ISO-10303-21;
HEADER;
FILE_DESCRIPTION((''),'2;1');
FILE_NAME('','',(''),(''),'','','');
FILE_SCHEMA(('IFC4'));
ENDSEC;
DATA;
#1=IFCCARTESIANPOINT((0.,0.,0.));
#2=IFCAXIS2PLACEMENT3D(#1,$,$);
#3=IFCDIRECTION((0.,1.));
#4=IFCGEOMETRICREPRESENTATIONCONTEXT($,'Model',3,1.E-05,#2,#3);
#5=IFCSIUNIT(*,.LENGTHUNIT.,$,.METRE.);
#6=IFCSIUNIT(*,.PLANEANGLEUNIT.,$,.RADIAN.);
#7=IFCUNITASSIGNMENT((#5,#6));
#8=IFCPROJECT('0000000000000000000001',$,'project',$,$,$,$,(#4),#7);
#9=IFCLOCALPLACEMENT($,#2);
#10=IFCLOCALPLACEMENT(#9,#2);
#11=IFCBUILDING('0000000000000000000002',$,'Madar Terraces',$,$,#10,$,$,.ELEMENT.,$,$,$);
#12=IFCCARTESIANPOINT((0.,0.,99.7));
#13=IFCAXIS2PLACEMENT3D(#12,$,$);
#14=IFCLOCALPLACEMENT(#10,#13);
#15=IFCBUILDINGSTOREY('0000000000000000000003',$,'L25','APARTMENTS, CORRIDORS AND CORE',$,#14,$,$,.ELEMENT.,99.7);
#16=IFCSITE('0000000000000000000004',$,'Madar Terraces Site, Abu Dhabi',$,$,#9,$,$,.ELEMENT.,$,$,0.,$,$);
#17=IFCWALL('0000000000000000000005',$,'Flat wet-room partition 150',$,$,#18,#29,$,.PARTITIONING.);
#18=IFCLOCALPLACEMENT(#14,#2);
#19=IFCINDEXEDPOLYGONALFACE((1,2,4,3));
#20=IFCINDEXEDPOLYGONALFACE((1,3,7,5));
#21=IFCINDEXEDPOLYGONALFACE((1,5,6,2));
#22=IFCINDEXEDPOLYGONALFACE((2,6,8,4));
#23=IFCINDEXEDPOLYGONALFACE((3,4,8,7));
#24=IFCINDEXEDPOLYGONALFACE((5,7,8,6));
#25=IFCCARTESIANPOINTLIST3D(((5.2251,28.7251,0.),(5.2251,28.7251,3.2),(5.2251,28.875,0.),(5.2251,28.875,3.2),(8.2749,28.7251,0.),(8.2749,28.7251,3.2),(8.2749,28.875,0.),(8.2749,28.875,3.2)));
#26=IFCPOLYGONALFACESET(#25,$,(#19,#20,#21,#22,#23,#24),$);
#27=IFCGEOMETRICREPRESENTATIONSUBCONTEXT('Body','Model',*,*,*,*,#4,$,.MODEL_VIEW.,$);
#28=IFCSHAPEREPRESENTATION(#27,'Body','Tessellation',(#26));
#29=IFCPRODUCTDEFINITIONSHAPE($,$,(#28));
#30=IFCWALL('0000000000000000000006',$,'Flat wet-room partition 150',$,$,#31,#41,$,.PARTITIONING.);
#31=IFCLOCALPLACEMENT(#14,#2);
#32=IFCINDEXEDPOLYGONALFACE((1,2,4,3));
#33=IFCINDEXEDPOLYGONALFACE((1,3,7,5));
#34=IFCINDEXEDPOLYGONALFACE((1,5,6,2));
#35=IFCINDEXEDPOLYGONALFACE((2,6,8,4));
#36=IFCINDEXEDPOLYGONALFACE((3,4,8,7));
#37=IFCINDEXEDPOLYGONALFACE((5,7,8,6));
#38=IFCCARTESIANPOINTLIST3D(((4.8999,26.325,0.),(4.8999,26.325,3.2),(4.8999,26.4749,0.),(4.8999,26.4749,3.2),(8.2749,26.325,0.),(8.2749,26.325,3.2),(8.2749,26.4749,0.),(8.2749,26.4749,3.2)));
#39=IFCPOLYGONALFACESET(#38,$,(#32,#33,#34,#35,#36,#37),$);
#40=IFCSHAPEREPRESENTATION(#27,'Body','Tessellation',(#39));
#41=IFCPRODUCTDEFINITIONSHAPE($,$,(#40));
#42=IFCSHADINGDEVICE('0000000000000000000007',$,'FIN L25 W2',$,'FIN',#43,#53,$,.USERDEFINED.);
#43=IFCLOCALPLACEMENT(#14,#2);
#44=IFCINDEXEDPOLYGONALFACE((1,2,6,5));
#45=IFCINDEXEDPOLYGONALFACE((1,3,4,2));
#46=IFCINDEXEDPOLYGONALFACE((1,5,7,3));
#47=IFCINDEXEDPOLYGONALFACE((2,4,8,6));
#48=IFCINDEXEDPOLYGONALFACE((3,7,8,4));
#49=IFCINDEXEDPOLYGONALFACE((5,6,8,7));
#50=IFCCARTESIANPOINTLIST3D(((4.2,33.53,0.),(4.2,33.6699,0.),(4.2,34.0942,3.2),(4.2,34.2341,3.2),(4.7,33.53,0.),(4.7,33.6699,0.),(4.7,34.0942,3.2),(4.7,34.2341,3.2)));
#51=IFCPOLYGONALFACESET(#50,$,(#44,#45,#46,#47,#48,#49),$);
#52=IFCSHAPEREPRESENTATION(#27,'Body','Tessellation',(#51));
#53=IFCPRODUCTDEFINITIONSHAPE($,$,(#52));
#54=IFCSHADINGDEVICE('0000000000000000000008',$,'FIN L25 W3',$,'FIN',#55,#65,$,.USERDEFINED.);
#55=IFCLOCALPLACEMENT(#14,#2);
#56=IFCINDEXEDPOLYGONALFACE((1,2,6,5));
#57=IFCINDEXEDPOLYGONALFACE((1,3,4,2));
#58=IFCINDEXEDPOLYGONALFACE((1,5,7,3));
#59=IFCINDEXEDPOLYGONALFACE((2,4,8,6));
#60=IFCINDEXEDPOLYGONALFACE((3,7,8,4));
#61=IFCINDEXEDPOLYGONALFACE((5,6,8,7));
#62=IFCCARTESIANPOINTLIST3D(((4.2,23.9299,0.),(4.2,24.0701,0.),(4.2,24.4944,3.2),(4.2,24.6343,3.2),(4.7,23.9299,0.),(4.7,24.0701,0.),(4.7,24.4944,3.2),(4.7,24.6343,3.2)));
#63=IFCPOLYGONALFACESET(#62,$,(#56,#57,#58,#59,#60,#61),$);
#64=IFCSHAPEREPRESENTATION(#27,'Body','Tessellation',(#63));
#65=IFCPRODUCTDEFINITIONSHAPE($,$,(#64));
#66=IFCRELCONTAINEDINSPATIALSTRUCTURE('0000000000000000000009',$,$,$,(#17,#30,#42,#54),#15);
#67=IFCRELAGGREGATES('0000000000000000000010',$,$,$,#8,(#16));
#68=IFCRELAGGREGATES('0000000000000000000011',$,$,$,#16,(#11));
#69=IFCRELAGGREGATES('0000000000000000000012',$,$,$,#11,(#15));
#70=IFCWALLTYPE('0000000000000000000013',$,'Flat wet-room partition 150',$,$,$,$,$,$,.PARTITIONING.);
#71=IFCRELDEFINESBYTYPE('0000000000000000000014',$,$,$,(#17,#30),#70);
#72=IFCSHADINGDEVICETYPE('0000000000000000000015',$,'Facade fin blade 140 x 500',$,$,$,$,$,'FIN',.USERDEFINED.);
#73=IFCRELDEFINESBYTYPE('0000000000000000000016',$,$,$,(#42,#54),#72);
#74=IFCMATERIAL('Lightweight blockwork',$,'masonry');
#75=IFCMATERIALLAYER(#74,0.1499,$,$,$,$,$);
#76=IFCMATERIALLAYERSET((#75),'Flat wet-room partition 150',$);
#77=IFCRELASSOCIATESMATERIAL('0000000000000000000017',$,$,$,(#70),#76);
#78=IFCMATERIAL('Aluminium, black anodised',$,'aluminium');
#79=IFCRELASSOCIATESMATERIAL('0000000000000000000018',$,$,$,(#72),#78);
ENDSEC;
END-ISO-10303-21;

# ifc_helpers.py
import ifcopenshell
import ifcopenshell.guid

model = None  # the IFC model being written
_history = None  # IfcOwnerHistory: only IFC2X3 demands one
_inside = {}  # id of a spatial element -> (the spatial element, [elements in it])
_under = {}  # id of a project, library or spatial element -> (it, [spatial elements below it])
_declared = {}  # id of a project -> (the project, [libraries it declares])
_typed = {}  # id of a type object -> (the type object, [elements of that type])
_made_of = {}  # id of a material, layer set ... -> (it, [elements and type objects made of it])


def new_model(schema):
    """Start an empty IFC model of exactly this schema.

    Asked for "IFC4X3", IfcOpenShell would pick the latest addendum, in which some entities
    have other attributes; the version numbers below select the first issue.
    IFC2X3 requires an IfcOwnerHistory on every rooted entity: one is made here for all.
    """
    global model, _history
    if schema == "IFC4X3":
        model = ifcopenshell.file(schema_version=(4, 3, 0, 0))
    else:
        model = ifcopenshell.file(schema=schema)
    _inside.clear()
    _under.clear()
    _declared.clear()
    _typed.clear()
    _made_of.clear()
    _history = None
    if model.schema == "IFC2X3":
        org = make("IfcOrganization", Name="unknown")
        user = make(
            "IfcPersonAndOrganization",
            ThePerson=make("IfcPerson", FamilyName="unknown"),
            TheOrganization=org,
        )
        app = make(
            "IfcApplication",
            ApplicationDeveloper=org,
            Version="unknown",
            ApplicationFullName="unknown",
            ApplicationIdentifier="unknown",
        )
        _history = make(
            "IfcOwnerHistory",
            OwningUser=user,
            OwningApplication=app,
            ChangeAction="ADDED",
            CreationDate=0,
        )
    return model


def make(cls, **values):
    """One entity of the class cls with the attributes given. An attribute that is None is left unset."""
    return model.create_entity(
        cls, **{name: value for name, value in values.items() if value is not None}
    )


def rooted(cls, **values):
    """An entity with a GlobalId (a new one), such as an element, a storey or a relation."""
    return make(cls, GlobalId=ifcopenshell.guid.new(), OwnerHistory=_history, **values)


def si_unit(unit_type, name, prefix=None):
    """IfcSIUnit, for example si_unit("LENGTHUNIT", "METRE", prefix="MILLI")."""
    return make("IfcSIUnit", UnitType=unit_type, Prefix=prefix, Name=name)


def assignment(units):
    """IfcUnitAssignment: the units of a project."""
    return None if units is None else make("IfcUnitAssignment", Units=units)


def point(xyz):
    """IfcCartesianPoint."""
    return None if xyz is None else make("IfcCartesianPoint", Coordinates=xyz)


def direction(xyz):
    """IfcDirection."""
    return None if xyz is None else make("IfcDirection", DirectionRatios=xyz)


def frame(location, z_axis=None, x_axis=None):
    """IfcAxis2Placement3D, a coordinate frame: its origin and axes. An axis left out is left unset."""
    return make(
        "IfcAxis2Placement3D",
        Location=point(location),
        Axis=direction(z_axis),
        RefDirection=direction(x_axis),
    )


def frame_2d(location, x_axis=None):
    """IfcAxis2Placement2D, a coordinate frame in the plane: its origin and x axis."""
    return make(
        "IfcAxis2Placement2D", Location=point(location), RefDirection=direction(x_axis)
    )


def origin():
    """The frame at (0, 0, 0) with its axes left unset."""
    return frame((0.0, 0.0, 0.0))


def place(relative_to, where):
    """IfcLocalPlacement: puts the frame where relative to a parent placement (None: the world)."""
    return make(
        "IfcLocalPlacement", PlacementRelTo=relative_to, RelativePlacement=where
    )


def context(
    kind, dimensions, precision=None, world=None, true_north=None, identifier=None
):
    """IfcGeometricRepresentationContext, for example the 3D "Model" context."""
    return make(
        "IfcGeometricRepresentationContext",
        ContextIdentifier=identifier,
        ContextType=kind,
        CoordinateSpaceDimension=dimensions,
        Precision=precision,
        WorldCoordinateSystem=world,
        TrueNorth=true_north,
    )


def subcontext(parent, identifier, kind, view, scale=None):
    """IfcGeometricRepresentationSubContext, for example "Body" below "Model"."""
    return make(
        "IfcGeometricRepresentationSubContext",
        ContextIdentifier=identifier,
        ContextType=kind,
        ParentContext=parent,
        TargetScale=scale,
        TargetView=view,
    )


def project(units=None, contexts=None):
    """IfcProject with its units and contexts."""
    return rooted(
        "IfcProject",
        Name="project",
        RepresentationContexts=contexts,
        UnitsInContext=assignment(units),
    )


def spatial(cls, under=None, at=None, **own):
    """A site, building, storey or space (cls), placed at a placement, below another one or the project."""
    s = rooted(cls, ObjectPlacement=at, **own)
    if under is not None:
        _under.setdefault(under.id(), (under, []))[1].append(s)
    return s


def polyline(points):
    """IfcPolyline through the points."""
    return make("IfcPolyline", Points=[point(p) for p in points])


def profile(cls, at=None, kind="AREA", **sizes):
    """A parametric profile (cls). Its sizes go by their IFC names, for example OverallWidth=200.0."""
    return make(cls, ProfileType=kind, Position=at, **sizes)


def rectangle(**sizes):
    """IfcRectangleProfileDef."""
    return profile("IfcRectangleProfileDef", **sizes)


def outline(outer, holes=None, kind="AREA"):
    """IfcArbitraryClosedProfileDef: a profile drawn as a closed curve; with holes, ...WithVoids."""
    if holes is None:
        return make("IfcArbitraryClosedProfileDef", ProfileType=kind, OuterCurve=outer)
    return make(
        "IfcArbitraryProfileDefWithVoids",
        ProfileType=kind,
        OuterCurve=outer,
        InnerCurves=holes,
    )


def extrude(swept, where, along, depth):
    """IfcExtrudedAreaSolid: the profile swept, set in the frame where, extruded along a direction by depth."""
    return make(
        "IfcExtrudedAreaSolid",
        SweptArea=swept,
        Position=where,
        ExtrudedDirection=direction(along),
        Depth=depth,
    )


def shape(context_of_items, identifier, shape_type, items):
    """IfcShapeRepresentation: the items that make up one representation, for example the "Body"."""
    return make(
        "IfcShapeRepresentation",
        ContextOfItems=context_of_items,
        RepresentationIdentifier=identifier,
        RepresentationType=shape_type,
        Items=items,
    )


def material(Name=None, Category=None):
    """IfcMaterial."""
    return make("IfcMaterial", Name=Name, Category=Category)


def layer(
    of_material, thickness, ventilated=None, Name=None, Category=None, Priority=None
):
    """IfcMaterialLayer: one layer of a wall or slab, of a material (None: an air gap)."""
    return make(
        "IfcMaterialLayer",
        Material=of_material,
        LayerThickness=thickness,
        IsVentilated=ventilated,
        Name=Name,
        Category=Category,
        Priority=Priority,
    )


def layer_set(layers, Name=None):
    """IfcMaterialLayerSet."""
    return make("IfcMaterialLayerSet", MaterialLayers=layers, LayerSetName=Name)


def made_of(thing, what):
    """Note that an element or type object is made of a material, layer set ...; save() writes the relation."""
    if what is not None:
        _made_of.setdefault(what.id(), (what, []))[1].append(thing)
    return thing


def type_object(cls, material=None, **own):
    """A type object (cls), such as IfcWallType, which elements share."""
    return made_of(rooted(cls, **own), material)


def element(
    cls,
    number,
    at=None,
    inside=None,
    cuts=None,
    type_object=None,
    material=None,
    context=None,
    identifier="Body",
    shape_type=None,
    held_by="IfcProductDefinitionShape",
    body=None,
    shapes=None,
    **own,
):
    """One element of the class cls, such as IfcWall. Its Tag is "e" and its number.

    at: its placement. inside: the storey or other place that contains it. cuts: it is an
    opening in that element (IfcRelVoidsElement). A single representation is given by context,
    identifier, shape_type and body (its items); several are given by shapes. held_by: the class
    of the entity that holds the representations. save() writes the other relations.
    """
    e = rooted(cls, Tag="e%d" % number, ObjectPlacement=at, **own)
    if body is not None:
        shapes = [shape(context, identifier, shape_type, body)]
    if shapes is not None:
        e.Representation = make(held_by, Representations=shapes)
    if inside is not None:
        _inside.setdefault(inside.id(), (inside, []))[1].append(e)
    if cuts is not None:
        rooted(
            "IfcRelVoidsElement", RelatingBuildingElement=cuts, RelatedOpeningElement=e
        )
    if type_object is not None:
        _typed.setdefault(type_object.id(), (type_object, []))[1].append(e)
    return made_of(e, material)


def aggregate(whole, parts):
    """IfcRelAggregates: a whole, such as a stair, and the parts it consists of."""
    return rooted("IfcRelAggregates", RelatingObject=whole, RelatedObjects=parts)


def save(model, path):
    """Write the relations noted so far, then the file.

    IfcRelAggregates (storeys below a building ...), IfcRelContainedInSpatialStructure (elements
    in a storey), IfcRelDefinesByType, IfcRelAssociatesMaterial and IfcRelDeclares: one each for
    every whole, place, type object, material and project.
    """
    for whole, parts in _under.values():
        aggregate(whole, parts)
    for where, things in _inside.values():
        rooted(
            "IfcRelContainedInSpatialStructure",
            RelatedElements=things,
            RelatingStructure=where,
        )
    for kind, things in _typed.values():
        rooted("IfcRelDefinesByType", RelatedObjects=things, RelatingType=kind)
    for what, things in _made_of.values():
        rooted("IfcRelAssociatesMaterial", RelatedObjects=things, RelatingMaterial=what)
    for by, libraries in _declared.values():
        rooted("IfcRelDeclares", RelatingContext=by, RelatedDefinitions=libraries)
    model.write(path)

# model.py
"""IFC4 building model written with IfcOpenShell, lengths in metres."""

from ifc_helpers import new_model, si_unit, direction, frame, frame_2d, origin, place, context, subcontext, project, spatial, polyline, rectangle, outline, extrude, material, layer, layer_set, type_object, element, save


model = new_model("IFC4")

# Units and contexts
model_context = context("Model", 3, precision=1e-05, world=origin(), true_north=direction((0.0, 1.0)))
body_context = subcontext(model_context, "Body", "Model", "MODEL_VIEW")
ifc_project = project(units=[si_unit("LENGTHUNIT", "METRE"), si_unit("PLANEANGLEUNIT", "RADIAN")], contexts=[model_context])

# Site, building, storey
site_placement = place(None, origin())
site = spatial("IfcSite", under=ifc_project, at=site_placement, Name="Madar Terraces Site, Abu Dhabi", CompositionType="ELEMENT", RefElevation=0.0)
building_placement = place(site_placement, origin())
building = spatial("IfcBuilding", under=site, at=building_placement, Name="Madar Terraces", CompositionType="ELEMENT")
storey_placement = place(building_placement, frame((0.0, 0.0, 99.7)))
storey = spatial("IfcBuildingStorey", under=building, at=storey_placement, Name="L25", Description="APARTMENTS, CORRIDORS AND CORE", CompositionType="ELEMENT", Elevation=99.7)

# Walls
ifc_material_1 = material(Name="Lightweight blockwork", Category="masonry")
ifc_layer_1 = layer(ifc_material_1, 0.1499)
ifc_layer_set_1 = layer_set([ifc_layer_1], Name="Flat wet-room partition 150")
wall_type_1 = type_object("IfcWallType", Name="Flat wet-room partition 150", PredefinedType="PARTITIONING", material=ifc_layer_set_1)
wall_1_placement = place(storey_placement, frame((8.2749, 28.8, 0.0), z_axis=(0.0, 0.0, 1.0), x_axis=(-1.0, 0.0, 0.0)))
element("IfcWall", 1, at=wall_1_placement, inside=storey, type_object=wall_type_1, Name="Flat wet-room partition 150", PredefinedType="PARTITIONING", context=body_context, shape_type="SweptSolid", body=[
    extrude(rectangle(XDim=3.0498, YDim=0.1499, at=frame_2d((1.5249, 0.0))), origin(), (0.0, 0.0, 1.0), 3.2),
])
wall_2_placement = place(storey_placement, frame((8.2749, 26.3999, 0.0), z_axis=(0.0, 0.0, 1.0), x_axis=(-1.0, 0.0, 0.0)))
element("IfcWall", 2, at=wall_2_placement, inside=storey, type_object=wall_type_1, Name="Flat wet-room partition 150", PredefinedType="PARTITIONING", context=body_context, shape_type="SweptSolid", body=[
    extrude(rectangle(XDim=3.375, YDim=0.1499, at=frame_2d((1.6875, 0.0))), origin(), (0.0, 0.0, 1.0), 3.2),
])

# Shading devices
ifc_material_2 = material(Name="Aluminium, black anodised", Category="aluminium")
shading_device_type = type_object("IfcShadingDeviceType", Name="Facade fin blade 140 x 500", ElementType="FIN", PredefinedType="USERDEFINED", material=ifc_material_2)
shading_device_1_placement = place(storey_placement, frame((4.45, 33.6699, 0.0), z_axis=(0.0, 0.0, 1.0), x_axis=(0.0, -1.0, 0.0)))
element("IfcShadingDevice", 3, at=shading_device_1_placement, inside=storey, type_object=shading_device_type, Name="FIN L25 W2", ObjectType="FIN", PredefinedType="USERDEFINED", context=body_context, shape_type="SweptSolid", body=[
    extrude(outline(polyline([(0.0, 0.0), (0.1399, 0.0), (-0.4243, 3.2), (-0.5642, 3.2), (0.0, 0.0)])), frame((0.0, 0.25, 0.0), z_axis=(0.0, -1.0, 0.0), x_axis=(1.0, 0.0, 0.0)), (0.0, 0.0, 1.0), 0.5),
])
shading_device_2_placement = place(storey_placement, frame((4.45, 24.0701, 0.0), z_axis=(0.0, 0.0, 1.0), x_axis=(0.0, -1.0, 0.0)))
element("IfcShadingDevice", 4, at=shading_device_2_placement, inside=storey, type_object=shading_device_type, Name="FIN L25 W3", ObjectType="FIN", PredefinedType="USERDEFINED", context=body_context, shape_type="SweptSolid", body=[
    extrude(outline(polyline([(0.0, 0.0), (0.1401, 0.0), (-0.4243, 3.2), (-0.5642, 3.2), (0.0, 0.0)])), frame((0.0, 0.25, 0.0), z_axis=(0.0, -1.0, 0.0), x_axis=(1.0, 0.0, 0.0)), (0.0, 0.0, 1.0), 0.5),
])

save(model, "model.ifc")
